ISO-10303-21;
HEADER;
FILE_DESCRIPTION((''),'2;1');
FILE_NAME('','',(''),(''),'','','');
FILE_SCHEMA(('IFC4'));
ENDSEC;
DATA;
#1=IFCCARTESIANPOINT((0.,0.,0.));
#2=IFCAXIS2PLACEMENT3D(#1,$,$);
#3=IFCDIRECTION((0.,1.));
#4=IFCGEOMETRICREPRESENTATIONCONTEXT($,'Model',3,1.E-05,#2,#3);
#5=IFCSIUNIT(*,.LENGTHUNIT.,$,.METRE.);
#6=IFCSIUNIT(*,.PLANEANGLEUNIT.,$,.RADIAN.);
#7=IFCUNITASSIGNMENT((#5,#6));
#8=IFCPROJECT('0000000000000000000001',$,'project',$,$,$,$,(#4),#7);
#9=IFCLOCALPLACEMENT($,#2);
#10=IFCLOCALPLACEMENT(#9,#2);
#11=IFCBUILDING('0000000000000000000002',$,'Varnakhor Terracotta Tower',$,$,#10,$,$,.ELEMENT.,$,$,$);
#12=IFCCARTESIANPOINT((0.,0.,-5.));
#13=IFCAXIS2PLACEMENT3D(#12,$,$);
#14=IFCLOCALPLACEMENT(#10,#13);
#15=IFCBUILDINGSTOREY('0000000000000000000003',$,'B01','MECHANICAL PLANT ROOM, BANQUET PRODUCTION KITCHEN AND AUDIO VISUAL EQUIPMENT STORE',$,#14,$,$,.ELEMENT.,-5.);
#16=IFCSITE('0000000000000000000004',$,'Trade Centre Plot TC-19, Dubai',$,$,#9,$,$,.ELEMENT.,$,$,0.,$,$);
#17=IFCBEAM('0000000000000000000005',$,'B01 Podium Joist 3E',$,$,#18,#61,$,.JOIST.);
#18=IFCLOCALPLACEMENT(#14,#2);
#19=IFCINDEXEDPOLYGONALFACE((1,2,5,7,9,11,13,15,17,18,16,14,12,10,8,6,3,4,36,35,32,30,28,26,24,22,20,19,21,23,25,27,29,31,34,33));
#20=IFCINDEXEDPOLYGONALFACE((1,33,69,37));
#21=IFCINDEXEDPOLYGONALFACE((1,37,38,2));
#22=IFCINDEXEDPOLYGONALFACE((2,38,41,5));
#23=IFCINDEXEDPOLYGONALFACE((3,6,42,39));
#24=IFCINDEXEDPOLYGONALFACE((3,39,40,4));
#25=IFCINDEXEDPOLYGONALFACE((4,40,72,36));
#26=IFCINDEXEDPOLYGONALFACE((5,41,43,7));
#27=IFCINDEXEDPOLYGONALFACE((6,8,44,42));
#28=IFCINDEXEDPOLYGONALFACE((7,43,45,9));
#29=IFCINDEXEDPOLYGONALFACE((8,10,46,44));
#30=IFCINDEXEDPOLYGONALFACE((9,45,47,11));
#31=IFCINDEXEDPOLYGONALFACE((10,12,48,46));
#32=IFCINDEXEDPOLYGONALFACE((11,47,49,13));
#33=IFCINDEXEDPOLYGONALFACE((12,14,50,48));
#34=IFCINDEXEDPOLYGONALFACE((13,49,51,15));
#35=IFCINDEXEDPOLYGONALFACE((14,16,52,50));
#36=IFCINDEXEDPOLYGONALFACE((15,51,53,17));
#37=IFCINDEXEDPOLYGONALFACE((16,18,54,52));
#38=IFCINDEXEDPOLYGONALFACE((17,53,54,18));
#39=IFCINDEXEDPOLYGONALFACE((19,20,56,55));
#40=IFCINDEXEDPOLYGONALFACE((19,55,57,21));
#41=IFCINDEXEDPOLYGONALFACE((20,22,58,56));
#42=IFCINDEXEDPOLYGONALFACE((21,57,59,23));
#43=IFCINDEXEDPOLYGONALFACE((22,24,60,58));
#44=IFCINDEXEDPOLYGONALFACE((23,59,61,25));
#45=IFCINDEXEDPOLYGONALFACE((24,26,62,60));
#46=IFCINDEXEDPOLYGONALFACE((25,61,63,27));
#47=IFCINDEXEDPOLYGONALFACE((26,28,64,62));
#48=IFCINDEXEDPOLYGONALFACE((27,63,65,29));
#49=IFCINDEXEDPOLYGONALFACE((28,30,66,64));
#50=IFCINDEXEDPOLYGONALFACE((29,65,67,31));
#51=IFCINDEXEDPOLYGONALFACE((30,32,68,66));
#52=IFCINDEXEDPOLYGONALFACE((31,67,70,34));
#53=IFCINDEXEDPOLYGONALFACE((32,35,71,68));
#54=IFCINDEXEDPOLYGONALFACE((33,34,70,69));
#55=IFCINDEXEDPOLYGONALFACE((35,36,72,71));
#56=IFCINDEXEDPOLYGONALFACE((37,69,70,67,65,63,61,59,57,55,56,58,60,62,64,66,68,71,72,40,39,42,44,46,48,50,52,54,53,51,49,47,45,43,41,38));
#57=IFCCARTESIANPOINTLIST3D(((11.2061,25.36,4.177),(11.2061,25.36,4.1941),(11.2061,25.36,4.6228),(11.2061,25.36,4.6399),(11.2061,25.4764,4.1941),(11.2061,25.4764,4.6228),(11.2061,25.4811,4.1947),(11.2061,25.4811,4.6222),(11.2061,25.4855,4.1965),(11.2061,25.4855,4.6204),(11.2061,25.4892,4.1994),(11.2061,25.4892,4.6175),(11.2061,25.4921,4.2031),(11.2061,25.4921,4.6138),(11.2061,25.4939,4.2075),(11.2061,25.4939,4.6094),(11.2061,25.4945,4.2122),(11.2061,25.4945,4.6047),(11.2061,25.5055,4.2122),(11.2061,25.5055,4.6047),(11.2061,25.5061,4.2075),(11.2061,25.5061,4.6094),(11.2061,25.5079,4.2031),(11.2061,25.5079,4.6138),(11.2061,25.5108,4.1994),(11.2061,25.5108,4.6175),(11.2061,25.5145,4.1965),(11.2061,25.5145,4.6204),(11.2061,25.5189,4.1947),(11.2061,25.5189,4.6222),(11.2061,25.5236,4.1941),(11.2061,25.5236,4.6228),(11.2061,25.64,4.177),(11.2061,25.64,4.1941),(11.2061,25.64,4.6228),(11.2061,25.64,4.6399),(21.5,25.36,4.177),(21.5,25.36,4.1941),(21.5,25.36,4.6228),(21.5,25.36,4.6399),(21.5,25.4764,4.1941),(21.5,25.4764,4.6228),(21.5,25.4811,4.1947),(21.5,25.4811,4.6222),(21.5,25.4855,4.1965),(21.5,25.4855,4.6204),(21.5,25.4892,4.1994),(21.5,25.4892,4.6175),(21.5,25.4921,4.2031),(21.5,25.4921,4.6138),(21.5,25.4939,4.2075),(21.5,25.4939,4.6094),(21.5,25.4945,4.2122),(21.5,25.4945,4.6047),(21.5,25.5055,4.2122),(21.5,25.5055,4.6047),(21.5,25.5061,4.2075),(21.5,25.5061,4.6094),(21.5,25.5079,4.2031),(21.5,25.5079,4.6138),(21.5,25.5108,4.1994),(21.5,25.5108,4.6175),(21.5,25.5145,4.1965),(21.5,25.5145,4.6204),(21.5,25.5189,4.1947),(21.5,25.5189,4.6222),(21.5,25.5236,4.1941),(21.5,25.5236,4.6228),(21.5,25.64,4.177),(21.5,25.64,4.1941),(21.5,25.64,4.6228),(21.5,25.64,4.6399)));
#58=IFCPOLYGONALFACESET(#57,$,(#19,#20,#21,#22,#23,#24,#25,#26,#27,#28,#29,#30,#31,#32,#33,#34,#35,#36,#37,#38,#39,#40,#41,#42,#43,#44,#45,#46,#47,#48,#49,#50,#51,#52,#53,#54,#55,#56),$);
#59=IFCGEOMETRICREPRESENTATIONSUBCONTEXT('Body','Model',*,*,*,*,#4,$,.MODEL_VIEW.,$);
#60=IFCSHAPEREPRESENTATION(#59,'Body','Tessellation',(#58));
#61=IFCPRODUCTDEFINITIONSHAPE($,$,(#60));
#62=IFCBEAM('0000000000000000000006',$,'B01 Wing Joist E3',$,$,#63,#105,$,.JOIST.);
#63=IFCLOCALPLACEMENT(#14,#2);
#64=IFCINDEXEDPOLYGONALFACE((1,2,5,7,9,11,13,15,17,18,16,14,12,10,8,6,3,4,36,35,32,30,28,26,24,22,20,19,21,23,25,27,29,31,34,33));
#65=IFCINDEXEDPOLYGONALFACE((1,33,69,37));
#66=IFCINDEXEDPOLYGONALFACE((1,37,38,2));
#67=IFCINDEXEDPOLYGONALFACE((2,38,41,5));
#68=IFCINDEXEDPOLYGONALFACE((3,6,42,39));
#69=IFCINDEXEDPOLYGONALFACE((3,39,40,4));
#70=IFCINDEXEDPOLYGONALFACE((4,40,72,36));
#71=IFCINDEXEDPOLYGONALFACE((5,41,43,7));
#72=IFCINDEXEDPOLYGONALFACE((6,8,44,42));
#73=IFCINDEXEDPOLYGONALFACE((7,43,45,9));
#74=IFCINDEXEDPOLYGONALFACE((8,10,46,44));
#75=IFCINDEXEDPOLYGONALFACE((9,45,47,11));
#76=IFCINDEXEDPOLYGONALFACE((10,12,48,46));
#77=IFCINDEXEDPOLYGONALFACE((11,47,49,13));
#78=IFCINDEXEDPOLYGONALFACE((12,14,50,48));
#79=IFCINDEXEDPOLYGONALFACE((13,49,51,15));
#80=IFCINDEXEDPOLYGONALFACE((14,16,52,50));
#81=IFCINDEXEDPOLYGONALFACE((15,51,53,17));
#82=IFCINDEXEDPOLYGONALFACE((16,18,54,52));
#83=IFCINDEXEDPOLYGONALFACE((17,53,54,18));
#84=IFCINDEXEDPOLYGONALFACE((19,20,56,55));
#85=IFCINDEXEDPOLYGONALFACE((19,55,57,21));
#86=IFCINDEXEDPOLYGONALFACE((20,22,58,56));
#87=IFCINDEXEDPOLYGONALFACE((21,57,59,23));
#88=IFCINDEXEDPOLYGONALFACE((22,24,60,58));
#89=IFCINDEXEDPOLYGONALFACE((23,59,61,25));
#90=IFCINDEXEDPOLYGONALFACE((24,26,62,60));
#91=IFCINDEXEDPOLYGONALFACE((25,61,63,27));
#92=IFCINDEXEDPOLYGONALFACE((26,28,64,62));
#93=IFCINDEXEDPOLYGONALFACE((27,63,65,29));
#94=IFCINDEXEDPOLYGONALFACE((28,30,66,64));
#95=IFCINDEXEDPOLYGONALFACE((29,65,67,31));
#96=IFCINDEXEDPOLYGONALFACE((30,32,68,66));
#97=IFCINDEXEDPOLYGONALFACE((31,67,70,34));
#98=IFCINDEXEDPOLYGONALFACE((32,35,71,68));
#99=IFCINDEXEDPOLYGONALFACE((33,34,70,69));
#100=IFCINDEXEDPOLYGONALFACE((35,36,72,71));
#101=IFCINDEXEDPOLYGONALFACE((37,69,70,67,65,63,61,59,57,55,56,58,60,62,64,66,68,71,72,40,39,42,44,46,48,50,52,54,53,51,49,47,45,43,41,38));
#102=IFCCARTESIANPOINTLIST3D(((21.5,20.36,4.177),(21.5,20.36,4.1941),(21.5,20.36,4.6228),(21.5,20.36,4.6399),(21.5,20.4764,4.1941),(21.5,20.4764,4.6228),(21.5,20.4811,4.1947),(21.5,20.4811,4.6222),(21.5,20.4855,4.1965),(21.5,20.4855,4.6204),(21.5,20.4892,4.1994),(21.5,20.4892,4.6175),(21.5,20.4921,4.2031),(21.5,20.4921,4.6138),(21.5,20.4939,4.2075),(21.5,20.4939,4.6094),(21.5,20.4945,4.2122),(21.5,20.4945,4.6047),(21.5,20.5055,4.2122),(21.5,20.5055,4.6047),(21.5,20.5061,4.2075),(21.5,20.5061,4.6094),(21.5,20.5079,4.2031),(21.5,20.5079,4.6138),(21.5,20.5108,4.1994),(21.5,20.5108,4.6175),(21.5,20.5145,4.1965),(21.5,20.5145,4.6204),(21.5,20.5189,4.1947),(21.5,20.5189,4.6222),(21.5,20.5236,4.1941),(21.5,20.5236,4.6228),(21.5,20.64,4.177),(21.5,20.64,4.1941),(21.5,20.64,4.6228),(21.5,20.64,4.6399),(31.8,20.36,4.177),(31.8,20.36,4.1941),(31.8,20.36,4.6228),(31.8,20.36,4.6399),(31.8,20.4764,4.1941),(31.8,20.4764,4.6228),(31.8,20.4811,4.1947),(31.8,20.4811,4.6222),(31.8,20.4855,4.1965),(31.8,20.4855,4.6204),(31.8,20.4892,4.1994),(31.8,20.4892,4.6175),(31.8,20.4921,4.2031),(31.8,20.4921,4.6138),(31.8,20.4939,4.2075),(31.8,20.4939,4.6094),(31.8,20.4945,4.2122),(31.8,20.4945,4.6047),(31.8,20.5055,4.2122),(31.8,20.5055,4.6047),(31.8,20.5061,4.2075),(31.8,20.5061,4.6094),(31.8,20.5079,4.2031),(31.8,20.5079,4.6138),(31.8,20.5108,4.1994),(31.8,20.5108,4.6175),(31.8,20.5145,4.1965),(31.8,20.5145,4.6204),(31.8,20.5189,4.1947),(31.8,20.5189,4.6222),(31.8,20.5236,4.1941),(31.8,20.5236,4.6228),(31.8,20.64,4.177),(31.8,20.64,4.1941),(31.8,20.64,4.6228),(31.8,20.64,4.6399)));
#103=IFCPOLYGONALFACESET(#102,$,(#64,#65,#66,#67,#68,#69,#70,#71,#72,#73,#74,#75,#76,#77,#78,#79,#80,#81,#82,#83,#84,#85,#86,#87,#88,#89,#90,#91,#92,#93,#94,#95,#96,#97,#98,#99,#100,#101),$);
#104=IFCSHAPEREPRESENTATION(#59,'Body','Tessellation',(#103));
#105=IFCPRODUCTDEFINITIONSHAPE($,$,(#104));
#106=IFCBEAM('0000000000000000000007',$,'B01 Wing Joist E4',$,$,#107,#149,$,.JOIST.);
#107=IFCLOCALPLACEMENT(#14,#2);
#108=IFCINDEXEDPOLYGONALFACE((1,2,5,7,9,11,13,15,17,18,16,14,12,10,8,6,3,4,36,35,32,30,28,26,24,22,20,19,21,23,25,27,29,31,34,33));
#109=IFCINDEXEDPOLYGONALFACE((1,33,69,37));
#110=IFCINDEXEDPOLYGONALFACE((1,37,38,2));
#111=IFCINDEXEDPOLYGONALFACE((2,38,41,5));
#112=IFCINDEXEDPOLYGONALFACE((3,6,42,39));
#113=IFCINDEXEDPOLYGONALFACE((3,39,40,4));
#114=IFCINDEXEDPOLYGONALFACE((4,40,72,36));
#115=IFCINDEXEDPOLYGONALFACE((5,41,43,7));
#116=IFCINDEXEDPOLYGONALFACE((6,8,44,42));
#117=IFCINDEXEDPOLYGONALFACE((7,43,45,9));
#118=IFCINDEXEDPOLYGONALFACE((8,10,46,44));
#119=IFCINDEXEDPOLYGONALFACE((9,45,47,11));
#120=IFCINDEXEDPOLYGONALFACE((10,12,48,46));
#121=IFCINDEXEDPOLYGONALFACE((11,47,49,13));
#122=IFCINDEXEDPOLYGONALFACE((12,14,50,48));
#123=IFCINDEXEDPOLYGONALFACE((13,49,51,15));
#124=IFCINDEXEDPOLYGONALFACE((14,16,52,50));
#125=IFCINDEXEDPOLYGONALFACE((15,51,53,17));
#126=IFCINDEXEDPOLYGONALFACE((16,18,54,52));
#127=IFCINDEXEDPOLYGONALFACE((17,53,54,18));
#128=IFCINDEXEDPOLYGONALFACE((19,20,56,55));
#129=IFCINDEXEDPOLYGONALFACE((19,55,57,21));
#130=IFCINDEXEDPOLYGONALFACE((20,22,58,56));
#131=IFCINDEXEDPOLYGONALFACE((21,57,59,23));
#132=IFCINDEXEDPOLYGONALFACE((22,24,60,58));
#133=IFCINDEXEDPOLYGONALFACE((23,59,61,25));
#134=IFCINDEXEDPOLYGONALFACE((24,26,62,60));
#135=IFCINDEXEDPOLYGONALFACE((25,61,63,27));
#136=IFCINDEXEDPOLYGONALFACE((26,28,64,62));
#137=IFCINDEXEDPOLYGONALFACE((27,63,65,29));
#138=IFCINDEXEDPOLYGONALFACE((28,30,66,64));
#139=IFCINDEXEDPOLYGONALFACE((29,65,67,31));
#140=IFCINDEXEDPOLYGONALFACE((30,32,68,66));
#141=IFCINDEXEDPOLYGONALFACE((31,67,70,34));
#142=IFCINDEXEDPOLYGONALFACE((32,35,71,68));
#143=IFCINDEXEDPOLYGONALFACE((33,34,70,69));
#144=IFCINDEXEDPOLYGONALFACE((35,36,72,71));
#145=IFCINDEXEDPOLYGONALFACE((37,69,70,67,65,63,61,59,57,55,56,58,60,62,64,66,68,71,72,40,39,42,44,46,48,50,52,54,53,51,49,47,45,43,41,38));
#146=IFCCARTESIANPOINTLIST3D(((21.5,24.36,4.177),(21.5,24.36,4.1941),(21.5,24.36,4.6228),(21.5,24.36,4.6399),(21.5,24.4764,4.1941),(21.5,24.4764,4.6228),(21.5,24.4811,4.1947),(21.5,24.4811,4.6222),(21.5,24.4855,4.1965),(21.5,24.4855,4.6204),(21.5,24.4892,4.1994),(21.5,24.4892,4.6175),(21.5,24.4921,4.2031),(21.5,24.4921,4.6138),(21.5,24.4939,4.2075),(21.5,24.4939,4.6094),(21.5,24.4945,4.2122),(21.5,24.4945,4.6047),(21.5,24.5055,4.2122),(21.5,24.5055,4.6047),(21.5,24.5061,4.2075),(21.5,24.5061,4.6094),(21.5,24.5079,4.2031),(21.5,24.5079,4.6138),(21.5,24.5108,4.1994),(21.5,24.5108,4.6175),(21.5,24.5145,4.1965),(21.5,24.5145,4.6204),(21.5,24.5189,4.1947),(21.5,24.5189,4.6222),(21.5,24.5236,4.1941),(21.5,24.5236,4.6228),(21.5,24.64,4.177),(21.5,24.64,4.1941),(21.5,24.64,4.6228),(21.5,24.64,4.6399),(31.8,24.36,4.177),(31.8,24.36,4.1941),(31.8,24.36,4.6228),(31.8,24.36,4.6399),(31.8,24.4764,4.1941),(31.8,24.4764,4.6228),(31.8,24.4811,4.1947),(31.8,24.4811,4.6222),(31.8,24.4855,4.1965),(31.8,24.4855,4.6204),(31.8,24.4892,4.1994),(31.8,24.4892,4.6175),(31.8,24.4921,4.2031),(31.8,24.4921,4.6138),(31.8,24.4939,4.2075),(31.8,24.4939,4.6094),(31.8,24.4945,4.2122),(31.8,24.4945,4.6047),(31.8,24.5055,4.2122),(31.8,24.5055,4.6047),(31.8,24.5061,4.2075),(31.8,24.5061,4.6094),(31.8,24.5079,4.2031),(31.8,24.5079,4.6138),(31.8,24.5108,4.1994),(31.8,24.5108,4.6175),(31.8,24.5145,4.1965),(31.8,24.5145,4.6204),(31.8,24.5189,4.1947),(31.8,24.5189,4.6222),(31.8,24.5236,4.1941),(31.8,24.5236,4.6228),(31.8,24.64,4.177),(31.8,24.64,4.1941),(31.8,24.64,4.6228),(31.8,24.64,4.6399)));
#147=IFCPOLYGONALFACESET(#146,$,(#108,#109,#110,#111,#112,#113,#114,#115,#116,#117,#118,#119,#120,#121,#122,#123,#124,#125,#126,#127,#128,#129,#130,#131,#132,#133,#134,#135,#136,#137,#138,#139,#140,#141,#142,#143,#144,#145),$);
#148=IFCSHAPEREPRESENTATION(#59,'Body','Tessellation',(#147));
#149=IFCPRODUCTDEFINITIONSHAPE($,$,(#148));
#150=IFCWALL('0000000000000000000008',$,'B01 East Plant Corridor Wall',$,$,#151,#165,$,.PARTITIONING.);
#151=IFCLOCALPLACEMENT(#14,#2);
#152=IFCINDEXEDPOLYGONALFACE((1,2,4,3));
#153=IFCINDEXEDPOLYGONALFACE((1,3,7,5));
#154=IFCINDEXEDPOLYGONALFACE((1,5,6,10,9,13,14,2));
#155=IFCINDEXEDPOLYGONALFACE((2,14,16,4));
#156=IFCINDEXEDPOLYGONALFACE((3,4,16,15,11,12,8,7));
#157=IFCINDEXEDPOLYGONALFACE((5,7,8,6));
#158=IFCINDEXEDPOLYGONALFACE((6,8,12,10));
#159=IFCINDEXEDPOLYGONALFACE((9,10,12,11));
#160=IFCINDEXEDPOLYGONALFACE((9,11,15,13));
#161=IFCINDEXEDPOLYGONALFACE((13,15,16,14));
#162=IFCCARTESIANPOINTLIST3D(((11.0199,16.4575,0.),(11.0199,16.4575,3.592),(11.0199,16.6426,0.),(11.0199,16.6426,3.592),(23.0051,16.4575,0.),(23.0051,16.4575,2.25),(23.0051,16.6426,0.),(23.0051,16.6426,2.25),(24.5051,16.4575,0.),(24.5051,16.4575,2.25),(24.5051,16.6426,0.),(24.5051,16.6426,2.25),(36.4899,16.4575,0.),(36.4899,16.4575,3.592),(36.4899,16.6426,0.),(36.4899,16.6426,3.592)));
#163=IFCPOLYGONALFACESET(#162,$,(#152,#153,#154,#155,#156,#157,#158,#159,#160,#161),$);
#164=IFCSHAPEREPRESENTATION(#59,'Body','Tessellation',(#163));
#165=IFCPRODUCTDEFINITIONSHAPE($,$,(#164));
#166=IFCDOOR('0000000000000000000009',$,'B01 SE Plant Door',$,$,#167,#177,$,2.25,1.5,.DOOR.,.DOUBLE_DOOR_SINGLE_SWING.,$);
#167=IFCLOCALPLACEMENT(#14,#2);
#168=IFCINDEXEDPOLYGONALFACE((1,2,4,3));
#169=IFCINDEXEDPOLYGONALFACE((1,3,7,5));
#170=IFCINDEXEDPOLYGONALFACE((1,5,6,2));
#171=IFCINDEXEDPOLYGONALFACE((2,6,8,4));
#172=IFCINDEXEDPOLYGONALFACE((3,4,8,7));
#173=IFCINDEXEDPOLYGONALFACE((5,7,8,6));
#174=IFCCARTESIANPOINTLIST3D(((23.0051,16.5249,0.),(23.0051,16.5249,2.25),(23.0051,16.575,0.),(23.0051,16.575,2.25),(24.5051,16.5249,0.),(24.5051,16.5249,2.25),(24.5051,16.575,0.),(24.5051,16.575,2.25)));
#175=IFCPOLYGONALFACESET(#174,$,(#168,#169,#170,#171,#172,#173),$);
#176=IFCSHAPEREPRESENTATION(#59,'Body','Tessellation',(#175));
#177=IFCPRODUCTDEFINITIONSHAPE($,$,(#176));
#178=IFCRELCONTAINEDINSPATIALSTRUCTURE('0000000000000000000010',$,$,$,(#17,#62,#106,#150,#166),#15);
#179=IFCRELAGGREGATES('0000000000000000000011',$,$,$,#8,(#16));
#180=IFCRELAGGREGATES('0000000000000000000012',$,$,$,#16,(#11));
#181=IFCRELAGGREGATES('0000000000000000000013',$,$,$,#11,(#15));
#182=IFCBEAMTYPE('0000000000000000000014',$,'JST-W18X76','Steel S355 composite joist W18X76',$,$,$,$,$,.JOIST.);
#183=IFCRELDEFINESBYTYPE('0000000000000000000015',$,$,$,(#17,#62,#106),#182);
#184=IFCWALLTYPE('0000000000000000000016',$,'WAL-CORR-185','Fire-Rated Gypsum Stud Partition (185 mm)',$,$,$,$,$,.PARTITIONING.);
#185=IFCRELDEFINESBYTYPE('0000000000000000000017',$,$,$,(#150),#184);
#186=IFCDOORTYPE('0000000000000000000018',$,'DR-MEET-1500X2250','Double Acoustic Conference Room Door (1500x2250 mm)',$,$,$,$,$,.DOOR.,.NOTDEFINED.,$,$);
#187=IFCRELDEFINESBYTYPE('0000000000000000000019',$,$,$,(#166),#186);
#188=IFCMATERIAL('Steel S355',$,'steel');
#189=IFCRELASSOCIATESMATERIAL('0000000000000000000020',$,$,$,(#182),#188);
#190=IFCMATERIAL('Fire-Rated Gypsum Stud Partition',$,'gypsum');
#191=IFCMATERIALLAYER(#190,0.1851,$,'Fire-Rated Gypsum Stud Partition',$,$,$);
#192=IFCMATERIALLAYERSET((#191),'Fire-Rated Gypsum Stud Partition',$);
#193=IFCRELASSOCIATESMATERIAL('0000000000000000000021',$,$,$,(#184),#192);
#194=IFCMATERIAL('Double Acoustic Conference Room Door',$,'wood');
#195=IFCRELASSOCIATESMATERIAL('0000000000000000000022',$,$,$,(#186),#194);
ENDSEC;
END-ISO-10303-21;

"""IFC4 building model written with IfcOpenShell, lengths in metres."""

from ifc_helpers import new_model, si_unit, direction, frame, frame_2d, origin, origin_2d, place, context, subcontext, project, spatial, rectangle, i_section, extrude, source, transform, mapped, material, layer, layer_set, material_profile, profile_set, type_object, type_shapes, element, fill, save


model = new_model("IFC4")

# Units and contexts
model_context = context("Model", 3, precision=1e-05, world=origin(), true_north=direction((0.0, 1.0)))
body_context = subcontext(model_context, "Body", "Model", "MODEL_VIEW")
ifc_project = project(units=[si_unit("LENGTHUNIT", "METRE"), si_unit("PLANEANGLEUNIT", "RADIAN")], contexts=[model_context])

# Site, building, storey
site_placement = place(None, origin())
site = spatial("IfcSite", under=ifc_project, at=site_placement, Name="Trade Centre Plot TC-19, Dubai", CompositionType="ELEMENT", RefElevation=0.0)
building_placement = place(site_placement, origin())
building = spatial("IfcBuilding", under=site, at=building_placement, Name="Varnakhor Terracotta Tower", CompositionType="ELEMENT")
storey_placement = place(building_placement, frame((0.0, 0.0, -5.0)))
storey = spatial("IfcBuildingStorey", under=building, at=storey_placement, Name="B01", Description="MECHANICAL PLANT ROOM, BANQUET PRODUCTION KITCHEN AND AUDIO VISUAL EQUIPMENT STORE", CompositionType="ELEMENT", Elevation=-5.0)

# Shared definitions
ifc_material_1 = material(Name="Steel S355", Category="steel")

# Beams
ifc_material_profile_1 = material_profile(ifc_material_1, i_section(OverallWidth=0.28, OverallDepth=0.4629, WebThickness=0.011, FlangeThickness=0.0171, FilletRadius=0.0181, at=origin_2d()), Name="W18X76")
ifc_profile_set_1 = profile_set([ifc_material_profile_1], Name="Steel S355")
beam_type_1 = type_object("IfcBeamType", Name="JST-W18X76", Description="Steel S355 composite joist W18X76", PredefinedType="JOIST", material=ifc_profile_set_1)
shared_shape_1 = source(origin(), body_context, "Body", "SweptSolid", [
    extrude(i_section(OverallWidth=0.28, OverallDepth=0.4629, WebThickness=0.011, FlangeThickness=0.0171, FilletRadius=0.0181, at=origin_2d()), origin(), (0.0, 0.0, 1.0), 10.2939),
])
type_shapes(beam_type_1, [shared_shape_1])
for number, where, z_axis, x_axis, name in (
    (1, (11.2061, 25.5, 4.4084), (1.0, 0.0, 0.0), (0.0, 1.0, 0.0), "B01 Podium Joist 3E"),
):
    element("IfcBeam", number, at=place(storey_placement, frame(where, z_axis=z_axis, x_axis=x_axis)), inside=storey, type_object=beam_type_1, Name=name, PredefinedType="JOIST", context=body_context, shape_type="MappedRepresentation", body=[
        mapped(shared_shape_1, transform((0.0, 0.0, 0.0), scale=1.0)),
    ])
shared_shape_2 = source(origin(), body_context, "Body", "SweptSolid", [
    extrude(i_section(OverallWidth=0.28, OverallDepth=0.4629, WebThickness=0.011, FlangeThickness=0.0171, FilletRadius=0.0181, at=origin_2d()), origin(), (0.0, 0.0, 1.0), 10.3),
])
for number, where, z_axis, x_axis, name in (
    (2, (21.5, 20.5, 4.4084), (1.0, 0.0, 0.0), (0.0, 1.0, 0.0), "B01 Wing Joist E3"),
    (3, (21.5, 24.5, 4.4084), (1.0, 0.0, 0.0), (0.0, 1.0, 0.0), "B01 Wing Joist E4"),
):
    element("IfcBeam", number, at=place(storey_placement, frame(where, z_axis=z_axis, x_axis=x_axis)), inside=storey, type_object=beam_type_1, Name=name, PredefinedType="JOIST", context=body_context, shape_type="MappedRepresentation", body=[
        mapped(shared_shape_2, transform((0.0, 0.0, 0.0), scale=1.0)),
    ])

# Wall, opening, door
ifc_material_2 = material(Name="Fire-Rated Gypsum Stud Partition", Category="gypsum")
ifc_layer_1 = layer(ifc_material_2, 0.1851, Name="Fire-Rated Gypsum Stud Partition")
ifc_layer_set_1 = layer_set([ifc_layer_1], Name="Fire-Rated Gypsum Stud Partition")
wall_type_1 = type_object("IfcWallType", Name="WAL-CORR-185", Description="Fire-Rated Gypsum Stud Partition (185 mm)", PredefinedType="PARTITIONING", material=ifc_layer_set_1)
wall_1_placement = place(storey_placement, frame((11.02, 16.55, 0.0), z_axis=(0.0, 0.0, 1.0), x_axis=(1.0, 0.0, 0.0)))
wall_1 = element("IfcWall", 4, at=wall_1_placement, inside=storey, type_object=wall_type_1, Name="B01 East Plant Corridor Wall", PredefinedType="PARTITIONING", context=body_context, shape_type="SweptSolid", body=[
    extrude(rectangle(XDim=25.47, YDim=0.1851, at=frame_2d((12.7349, 0.0))), origin(), (0.0, 0.0, 1.0), 3.592),
])
opening_1_placement = place(wall_1_placement, frame((11.9851, 0.0, 0.0)))
opening_1 = element("IfcOpeningElement", 5, at=opening_1_placement, cuts=wall_1, PredefinedType="OPENING", context=body_context, shape_type="SweptSolid", body=[
    extrude(rectangle(XDim=1.5, YDim=2.25, at=frame_2d((0.75, 1.125))), frame((0.0, 0.1025, 0.0), z_axis=(0.0, -1.0, 0.0), x_axis=(1.0, 0.0, 0.0)), (0.0, 0.0, 1.0), 0.2051),
])
ifc_material_3 = material(Name="Double Acoustic Conference Room Door", Category="wood")
door_type_1 = type_object("IfcDoorType", Name="DR-MEET-1500X2250", Description="Double Acoustic Conference Room Door (1500x2250 mm)", OperationType="NOTDEFINED", PredefinedType="DOOR", material=ifc_material_3)
shared_shape_3 = source(origin(), body_context, "Body", "SweptSolid", [
    extrude(rectangle(XDim=1.5, YDim=2.25, at=frame_2d((0.75, 1.125))), frame((0.0, 0.0249, 0.0), z_axis=(0.0, -1.0, 0.0), x_axis=(1.0, 0.0, 0.0)), (0.0, 0.0, 1.0), 0.05),
])
type_shapes(door_type_1, [shared_shape_3])
door_1_placement = place(opening_1_placement, origin())
door_1 = element("IfcDoor", 6, at=door_1_placement, inside=storey, type_object=door_type_1, Name="B01 SE Plant Door", OperationType="DOUBLE_DOOR_SINGLE_SWING", OverallHeight=2.25, OverallWidth=1.5, PredefinedType="DOOR", context=body_context, shape_type="MappedRepresentation", body=[
    mapped(shared_shape_3, transform((0.0, 0.0, 0.0), scale=1.0)),
])
fill(opening_1, door_1)

save(model, "model.ifc")
